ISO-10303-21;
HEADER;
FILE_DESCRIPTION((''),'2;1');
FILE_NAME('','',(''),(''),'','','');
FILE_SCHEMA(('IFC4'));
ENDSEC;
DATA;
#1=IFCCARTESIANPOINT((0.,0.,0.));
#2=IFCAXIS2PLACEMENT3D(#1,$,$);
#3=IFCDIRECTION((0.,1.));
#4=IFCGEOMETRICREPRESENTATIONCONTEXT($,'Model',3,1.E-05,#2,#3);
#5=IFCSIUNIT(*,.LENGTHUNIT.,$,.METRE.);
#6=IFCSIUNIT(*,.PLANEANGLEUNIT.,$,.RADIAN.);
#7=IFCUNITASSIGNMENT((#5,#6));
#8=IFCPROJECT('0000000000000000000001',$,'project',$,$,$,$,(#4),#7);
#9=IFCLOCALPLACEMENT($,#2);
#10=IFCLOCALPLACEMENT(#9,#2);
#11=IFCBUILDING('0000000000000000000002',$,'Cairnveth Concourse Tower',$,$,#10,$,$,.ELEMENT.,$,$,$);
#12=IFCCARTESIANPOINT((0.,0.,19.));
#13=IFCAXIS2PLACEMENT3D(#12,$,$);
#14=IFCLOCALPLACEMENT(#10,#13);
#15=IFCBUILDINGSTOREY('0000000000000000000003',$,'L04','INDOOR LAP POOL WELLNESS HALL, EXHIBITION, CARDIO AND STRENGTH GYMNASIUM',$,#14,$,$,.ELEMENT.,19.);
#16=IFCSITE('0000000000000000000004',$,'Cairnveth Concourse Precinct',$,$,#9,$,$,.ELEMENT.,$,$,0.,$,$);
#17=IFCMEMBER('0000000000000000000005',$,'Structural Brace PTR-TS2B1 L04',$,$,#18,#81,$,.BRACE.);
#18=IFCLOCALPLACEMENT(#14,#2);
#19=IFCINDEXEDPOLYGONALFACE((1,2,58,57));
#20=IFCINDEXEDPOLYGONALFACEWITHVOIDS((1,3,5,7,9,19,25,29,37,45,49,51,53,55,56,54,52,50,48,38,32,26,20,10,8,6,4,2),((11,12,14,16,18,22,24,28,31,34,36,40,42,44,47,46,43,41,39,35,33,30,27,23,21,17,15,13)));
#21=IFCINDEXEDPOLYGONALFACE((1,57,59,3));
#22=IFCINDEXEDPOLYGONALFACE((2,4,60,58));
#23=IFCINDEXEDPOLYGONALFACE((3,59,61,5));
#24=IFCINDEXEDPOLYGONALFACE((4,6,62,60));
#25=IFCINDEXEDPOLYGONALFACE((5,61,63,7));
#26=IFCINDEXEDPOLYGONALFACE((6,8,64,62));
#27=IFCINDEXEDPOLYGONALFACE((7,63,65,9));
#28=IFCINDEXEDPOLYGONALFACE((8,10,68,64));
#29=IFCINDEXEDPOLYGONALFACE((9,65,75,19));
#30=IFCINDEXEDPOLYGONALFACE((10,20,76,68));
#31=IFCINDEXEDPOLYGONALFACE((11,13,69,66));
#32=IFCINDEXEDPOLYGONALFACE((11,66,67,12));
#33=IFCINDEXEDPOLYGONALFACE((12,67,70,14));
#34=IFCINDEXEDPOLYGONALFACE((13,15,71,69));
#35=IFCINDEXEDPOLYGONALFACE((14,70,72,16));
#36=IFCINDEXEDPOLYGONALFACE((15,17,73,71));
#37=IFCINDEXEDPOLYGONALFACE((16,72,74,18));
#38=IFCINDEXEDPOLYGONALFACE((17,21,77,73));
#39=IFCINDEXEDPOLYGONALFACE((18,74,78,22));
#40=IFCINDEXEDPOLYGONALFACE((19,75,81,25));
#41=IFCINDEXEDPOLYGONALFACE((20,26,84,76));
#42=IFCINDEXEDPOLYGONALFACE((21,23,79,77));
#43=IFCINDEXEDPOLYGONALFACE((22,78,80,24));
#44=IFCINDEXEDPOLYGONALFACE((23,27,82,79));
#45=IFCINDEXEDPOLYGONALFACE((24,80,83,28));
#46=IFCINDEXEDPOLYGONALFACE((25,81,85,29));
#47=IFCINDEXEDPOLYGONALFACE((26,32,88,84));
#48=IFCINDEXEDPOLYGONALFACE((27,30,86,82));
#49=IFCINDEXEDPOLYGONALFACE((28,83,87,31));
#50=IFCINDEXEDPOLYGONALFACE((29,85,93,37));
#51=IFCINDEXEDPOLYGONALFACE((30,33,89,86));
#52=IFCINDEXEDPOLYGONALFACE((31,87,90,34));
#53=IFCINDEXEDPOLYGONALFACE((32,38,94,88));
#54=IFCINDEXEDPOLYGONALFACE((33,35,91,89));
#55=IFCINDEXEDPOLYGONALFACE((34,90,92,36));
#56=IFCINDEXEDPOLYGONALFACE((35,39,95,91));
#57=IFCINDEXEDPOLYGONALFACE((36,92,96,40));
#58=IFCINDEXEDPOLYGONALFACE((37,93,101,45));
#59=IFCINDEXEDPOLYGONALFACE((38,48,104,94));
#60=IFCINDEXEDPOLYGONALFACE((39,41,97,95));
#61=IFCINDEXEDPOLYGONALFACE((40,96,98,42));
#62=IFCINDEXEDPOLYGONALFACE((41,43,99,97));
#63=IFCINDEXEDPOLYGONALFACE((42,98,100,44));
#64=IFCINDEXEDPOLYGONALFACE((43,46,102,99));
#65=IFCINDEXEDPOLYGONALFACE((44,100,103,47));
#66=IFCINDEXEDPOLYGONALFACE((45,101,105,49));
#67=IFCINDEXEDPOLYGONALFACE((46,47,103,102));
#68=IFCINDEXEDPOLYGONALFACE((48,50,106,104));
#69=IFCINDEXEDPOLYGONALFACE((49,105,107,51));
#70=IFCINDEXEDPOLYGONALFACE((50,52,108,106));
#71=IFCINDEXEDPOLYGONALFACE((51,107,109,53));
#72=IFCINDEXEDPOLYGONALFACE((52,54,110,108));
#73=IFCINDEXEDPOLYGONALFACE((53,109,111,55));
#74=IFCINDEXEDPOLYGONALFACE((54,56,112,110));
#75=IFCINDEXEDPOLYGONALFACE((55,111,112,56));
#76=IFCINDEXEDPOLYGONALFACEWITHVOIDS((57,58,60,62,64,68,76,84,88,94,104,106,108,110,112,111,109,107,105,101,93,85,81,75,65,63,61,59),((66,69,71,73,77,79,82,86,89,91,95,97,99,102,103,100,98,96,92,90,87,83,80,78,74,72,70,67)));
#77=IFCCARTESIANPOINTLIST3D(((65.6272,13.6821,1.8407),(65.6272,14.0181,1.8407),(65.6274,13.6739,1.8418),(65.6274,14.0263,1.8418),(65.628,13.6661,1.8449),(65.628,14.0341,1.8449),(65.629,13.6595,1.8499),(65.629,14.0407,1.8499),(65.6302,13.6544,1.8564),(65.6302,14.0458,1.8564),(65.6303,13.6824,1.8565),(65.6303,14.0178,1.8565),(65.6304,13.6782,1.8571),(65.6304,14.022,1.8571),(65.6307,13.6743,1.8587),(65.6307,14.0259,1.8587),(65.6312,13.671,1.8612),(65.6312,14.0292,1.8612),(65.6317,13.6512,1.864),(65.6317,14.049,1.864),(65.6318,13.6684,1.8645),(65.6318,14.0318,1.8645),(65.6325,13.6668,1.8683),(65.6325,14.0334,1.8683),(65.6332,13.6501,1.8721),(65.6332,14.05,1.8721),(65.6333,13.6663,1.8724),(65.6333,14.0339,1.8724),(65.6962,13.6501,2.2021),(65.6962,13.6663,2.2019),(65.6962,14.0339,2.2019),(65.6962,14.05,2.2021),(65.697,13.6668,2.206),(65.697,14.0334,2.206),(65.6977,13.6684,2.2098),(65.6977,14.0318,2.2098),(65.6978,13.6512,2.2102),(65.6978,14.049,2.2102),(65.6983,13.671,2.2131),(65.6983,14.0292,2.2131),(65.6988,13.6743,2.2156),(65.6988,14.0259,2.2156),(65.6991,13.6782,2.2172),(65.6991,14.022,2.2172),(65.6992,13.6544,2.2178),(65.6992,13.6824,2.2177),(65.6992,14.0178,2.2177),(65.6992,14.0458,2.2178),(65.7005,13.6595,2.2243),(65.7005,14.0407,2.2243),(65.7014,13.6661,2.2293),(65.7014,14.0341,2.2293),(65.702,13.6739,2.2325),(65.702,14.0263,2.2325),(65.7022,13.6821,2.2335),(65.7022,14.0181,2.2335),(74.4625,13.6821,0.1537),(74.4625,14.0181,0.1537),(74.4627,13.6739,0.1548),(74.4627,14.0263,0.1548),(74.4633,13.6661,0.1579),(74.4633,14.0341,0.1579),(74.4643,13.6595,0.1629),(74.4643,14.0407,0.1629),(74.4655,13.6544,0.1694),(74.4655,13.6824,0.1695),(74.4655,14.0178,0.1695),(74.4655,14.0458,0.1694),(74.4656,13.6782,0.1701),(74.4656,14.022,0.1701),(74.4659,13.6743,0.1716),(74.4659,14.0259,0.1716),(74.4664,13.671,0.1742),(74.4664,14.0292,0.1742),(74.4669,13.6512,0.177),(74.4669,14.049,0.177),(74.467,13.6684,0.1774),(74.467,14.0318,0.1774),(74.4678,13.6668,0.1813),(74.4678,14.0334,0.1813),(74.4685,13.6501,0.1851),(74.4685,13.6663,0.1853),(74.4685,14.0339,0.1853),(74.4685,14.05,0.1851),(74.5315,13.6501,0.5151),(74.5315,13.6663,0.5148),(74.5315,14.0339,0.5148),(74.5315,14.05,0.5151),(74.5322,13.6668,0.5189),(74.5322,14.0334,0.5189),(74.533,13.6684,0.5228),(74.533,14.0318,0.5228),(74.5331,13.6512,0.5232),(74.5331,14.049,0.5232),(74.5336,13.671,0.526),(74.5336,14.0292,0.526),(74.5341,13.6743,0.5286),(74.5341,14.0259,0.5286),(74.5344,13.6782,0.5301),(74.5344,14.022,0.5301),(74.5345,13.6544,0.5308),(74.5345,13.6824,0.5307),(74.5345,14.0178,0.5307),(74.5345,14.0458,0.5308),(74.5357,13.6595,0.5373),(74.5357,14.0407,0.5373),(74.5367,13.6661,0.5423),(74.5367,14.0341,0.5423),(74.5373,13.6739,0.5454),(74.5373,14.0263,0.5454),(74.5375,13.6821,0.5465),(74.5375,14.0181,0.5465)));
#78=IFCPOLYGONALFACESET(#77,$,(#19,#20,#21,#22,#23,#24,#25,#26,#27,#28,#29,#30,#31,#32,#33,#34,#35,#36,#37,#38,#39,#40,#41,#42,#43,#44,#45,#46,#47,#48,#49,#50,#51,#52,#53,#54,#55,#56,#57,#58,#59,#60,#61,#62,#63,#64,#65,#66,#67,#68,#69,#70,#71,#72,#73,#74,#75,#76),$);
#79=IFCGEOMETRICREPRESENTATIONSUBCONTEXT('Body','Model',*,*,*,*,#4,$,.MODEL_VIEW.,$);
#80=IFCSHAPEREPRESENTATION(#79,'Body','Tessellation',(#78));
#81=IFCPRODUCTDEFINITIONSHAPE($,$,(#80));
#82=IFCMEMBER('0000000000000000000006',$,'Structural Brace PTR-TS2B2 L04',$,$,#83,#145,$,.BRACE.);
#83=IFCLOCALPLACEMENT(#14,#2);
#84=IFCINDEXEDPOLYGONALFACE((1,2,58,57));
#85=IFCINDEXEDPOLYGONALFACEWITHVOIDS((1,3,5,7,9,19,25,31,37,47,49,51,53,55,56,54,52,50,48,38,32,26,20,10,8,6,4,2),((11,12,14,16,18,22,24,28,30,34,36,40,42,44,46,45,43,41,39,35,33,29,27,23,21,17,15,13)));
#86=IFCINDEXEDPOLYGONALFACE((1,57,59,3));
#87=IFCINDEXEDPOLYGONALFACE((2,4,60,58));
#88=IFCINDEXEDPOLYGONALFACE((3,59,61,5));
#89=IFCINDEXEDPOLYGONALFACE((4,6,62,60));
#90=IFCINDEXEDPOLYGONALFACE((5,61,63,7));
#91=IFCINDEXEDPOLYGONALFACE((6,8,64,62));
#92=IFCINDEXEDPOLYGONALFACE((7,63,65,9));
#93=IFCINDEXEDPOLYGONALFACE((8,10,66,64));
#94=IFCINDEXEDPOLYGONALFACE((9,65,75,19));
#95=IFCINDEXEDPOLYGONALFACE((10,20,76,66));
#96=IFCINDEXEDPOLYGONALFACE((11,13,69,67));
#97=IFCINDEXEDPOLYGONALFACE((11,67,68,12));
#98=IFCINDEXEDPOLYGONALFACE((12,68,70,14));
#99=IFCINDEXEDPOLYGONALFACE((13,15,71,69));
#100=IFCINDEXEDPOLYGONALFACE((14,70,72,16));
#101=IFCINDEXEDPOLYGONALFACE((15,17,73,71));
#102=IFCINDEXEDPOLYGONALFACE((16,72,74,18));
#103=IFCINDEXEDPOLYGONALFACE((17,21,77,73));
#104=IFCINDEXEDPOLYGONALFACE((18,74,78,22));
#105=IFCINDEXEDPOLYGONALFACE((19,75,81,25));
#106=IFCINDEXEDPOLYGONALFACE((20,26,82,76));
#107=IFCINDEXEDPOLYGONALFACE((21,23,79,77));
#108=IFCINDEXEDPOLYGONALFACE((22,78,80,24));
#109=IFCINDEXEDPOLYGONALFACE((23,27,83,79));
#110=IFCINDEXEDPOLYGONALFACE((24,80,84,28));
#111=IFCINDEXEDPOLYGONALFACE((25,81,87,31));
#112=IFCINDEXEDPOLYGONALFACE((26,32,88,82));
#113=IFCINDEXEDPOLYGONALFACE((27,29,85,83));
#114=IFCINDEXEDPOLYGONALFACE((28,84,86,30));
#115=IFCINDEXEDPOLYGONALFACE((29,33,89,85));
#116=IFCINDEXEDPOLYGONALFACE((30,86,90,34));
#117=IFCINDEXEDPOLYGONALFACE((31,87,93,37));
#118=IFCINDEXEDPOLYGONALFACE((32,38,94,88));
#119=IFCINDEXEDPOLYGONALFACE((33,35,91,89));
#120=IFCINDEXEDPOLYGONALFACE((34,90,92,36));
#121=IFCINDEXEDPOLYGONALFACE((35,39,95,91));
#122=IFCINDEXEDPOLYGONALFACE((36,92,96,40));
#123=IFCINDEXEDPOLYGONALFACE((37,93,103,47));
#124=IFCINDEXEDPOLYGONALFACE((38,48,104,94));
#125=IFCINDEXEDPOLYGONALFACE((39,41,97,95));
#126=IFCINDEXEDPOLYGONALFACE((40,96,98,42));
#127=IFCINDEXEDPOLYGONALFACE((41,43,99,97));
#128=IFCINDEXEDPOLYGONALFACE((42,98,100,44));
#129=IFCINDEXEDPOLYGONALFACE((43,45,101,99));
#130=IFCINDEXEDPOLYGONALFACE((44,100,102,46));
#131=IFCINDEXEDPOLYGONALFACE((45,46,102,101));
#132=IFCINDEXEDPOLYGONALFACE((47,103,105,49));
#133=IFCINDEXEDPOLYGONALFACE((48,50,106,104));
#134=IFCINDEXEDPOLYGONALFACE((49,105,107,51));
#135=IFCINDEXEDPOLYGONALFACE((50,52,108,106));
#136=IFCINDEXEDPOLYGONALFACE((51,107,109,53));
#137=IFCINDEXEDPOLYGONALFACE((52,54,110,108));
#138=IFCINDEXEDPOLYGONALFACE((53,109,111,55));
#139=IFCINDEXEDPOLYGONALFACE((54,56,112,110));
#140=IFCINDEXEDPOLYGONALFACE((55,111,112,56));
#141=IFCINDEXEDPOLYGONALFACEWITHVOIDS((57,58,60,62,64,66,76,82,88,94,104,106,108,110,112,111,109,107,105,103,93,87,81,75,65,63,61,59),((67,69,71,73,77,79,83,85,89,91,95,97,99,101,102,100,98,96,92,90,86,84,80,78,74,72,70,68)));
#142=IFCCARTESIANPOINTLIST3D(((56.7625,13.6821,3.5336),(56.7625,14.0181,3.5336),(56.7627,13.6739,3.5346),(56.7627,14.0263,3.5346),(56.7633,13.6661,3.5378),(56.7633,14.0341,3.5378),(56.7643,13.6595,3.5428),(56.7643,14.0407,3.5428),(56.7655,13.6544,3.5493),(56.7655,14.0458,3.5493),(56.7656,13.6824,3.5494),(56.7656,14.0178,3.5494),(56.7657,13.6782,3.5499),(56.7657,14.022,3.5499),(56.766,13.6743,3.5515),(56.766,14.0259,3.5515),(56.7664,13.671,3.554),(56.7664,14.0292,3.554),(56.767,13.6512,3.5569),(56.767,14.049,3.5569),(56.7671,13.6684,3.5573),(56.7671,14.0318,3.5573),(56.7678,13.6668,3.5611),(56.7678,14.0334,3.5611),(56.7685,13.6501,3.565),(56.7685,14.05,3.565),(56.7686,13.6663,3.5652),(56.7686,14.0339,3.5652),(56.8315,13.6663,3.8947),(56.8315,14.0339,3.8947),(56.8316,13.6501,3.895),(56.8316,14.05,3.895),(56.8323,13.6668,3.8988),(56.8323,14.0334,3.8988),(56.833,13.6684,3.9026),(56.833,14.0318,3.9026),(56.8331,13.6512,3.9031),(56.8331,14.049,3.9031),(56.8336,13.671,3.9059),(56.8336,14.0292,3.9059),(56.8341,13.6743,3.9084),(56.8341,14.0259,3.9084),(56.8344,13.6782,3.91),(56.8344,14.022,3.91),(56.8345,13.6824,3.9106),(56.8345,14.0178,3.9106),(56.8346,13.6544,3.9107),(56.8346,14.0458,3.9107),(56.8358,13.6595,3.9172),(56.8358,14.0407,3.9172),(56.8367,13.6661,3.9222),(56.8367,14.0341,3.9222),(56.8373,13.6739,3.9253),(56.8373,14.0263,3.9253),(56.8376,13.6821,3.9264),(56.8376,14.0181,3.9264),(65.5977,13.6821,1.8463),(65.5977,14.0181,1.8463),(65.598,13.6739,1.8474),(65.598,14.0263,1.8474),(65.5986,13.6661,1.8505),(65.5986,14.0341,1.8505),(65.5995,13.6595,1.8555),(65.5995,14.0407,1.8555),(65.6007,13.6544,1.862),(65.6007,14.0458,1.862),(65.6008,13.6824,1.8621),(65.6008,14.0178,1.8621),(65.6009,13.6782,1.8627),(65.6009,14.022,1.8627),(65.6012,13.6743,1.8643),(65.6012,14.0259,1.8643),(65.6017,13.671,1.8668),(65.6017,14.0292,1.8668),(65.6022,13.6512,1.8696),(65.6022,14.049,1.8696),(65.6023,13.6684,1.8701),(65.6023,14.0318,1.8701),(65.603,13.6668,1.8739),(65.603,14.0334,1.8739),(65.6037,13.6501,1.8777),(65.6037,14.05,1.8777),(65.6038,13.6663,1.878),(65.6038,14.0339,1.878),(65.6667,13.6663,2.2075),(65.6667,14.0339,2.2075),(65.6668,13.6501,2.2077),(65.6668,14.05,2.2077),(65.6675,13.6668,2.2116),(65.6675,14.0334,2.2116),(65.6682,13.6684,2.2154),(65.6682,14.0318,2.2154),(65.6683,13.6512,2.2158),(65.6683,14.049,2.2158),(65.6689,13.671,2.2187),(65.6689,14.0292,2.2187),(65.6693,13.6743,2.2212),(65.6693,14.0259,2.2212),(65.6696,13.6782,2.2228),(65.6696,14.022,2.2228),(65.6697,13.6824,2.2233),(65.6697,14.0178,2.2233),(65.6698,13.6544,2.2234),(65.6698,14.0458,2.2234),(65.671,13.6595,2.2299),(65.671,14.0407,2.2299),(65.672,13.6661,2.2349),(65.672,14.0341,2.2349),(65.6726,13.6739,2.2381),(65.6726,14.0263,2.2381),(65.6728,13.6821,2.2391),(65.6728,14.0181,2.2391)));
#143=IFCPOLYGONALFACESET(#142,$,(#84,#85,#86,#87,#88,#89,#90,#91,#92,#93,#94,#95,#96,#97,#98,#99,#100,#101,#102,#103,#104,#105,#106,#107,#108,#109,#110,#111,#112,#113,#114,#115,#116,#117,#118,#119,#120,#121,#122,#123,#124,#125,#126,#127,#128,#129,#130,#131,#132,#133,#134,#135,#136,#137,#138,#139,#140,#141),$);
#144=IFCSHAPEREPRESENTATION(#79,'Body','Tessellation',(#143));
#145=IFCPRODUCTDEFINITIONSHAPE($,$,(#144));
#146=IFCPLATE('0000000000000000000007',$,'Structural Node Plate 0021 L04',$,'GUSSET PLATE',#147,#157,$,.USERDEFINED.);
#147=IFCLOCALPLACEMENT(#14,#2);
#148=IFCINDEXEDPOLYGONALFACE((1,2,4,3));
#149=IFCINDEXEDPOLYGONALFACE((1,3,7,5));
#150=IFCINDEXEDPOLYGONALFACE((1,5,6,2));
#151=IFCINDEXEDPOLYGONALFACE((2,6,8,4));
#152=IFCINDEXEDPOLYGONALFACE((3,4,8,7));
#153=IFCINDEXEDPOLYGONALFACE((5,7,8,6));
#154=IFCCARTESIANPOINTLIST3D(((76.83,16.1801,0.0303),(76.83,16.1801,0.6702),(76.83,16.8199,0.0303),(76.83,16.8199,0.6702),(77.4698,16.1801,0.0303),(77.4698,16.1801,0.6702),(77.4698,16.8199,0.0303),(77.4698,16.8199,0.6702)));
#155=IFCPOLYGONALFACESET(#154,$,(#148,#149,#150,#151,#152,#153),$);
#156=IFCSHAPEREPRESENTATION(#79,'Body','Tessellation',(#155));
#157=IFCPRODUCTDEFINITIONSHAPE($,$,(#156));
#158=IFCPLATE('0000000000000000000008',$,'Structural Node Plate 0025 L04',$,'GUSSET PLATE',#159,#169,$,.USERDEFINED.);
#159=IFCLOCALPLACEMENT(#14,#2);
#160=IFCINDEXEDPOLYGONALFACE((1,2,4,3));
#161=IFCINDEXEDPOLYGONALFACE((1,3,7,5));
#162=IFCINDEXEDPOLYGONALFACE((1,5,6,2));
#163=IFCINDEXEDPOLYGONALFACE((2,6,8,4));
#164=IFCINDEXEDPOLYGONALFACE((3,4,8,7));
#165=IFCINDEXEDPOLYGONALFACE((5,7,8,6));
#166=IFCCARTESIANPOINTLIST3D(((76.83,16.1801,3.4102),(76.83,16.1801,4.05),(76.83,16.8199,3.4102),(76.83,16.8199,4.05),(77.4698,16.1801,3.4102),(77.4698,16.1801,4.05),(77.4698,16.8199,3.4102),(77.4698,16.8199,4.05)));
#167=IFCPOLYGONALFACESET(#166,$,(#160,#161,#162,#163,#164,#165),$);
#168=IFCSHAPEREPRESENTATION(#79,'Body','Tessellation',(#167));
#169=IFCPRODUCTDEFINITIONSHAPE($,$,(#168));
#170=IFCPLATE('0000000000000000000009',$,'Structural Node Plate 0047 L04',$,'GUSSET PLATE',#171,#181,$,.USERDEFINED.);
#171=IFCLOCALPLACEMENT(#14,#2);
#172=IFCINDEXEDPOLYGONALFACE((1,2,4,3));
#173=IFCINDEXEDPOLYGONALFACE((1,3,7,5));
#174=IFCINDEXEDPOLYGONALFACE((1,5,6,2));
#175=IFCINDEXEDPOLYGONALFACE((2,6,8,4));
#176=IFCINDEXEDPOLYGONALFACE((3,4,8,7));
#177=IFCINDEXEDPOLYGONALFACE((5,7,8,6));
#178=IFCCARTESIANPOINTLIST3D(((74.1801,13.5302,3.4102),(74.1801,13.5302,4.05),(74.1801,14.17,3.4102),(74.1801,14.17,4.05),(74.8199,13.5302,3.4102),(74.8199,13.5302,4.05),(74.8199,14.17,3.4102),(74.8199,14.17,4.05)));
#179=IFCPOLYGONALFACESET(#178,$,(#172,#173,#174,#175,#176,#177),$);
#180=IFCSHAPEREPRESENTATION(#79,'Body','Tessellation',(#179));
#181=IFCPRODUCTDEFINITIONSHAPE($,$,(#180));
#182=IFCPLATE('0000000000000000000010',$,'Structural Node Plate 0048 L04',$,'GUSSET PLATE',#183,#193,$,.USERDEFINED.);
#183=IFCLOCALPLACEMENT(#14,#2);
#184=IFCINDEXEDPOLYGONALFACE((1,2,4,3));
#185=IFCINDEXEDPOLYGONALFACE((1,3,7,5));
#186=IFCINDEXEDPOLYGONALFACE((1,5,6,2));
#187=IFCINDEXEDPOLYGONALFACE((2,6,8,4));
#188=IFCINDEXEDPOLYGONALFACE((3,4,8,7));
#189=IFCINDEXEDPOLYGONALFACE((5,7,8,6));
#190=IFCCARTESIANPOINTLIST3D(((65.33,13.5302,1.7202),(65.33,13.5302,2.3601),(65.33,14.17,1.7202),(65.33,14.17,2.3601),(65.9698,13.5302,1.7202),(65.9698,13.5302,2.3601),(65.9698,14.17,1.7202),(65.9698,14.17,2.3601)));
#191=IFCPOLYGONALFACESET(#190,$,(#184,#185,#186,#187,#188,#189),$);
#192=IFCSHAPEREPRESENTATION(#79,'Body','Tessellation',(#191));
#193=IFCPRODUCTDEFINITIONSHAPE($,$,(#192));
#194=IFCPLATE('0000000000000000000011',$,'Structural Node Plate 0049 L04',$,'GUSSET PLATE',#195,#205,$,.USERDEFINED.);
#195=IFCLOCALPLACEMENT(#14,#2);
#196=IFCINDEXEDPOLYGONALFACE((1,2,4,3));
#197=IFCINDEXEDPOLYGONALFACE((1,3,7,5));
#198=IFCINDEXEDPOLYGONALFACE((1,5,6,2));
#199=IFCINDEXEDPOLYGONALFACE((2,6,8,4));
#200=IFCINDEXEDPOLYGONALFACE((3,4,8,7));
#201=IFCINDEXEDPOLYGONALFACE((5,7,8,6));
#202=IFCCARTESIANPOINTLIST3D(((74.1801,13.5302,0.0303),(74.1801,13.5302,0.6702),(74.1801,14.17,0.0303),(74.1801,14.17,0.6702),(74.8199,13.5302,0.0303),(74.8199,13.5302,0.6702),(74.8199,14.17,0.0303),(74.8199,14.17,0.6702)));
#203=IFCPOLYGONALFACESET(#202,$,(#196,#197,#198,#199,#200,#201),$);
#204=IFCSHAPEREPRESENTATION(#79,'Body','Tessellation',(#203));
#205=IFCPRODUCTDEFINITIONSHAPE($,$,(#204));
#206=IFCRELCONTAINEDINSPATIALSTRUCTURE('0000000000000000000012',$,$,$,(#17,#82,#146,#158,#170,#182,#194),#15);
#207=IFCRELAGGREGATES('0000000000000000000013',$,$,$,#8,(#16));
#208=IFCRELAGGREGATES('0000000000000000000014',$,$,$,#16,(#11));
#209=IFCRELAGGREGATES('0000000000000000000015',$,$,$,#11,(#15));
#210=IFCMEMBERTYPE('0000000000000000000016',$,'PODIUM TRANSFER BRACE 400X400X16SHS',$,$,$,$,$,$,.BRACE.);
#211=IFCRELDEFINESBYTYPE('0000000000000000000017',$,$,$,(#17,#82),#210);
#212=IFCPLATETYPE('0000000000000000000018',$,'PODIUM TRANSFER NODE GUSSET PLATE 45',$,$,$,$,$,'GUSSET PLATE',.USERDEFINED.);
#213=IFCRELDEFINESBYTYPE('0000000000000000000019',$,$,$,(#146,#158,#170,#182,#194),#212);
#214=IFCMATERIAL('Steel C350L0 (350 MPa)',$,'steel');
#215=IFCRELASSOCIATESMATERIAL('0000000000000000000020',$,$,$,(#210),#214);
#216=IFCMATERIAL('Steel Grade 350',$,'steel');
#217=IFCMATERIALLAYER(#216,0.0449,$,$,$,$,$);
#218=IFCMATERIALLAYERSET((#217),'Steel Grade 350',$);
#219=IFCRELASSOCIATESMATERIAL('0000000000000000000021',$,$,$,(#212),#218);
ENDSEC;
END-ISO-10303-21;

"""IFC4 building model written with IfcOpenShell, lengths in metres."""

from ifc_helpers import new_model, si_unit, direction, frame, origin, origin_2d, place, context, subcontext, project, spatial, rectangle, hollow_rectangle, extrude, material, layer, layer_set, material_profile, profile_set, type_object, element, save


model = new_model("IFC4")

# Units and contexts
model_context = context("Model", 3, precision=1e-05, world=origin(), true_north=direction((0.0, 1.0)))
body_context = subcontext(model_context, "Body", "Model", "MODEL_VIEW")
ifc_project = project(units=[si_unit("LENGTHUNIT", "METRE"), si_unit("PLANEANGLEUNIT", "RADIAN")], contexts=[model_context])

# Site, building, storey
site_placement = place(None, origin())
site = spatial("IfcSite", under=ifc_project, at=site_placement, Name="Cairnveth Concourse Precinct", CompositionType="ELEMENT", RefElevation=0.0)
building_placement = place(site_placement, origin())
building = spatial("IfcBuilding", under=site, at=building_placement, Name="Cairnveth Concourse Tower", CompositionType="ELEMENT")
storey_placement = place(building_placement, frame((0.0, 0.0, 19.0)))
storey = spatial("IfcBuildingStorey", under=building, at=storey_placement, Name="L04", Description="INDOOR LAP POOL WELLNESS HALL, EXHIBITION, CARDIO AND STRENGTH GYMNASIUM", CompositionType="ELEMENT", Elevation=19.0)

# Members
ifc_material_1 = material(Name="Steel C350L0 (350 MPa)", Category="steel")
ifc_material_profile_1 = material_profile(ifc_material_1, hollow_rectangle(XDim=0.3999, YDim=0.3999, WallThickness=0.0161, InnerFilletRadius=0.0161, OuterFilletRadius=0.032, at=origin_2d()), Name="400x400x16.0SHS")
ifc_profile_set_1 = profile_set([ifc_material_profile_1], Name="Steel C350L0 (350 MPa)")
member_type = type_object("IfcMemberType", Name="PODIUM TRANSFER BRACE 400X400X16SHS", PredefinedType="BRACE", material=ifc_profile_set_1)
for number, where, z_axis, x_axis, name in (
    (1, (74.5, 13.8501, 0.3501), (-0.982254, 0.0, 0.187554), (0.0, -1.0, 0.0), "Structural Brace PTR-TS2B1 L04"),
    (2, (65.6353, 13.8501, 2.0427), (-0.982249, 0.0, 0.18758), (0.0, -1.0, 0.0), "Structural Brace PTR-TS2B2 L04"),
):
    element("IfcMember", number, at=place(storey_placement, frame(where, z_axis=z_axis, x_axis=x_axis)), inside=storey, type_object=member_type, Name=name, PredefinedType="BRACE", context=body_context, shape_type="SweptSolid", body=[
        extrude(hollow_rectangle(XDim=0.3999, YDim=0.3999, WallThickness=0.0161, InnerFilletRadius=0.0161, OuterFilletRadius=0.032, at=origin_2d()), origin(), (0.0, 0.0, 1.0), 8.9949),
    ])

# Plates
ifc_material_2 = material(Name="Steel Grade 350", Category="steel")
ifc_layer_1 = layer(ifc_material_2, 0.0449)
ifc_layer_set_1 = layer_set([ifc_layer_1], Name="Steel Grade 350")
plate_type = type_object("IfcPlateType", Name="PODIUM TRANSFER NODE GUSSET PLATE 45", ElementType="GUSSET PLATE", PredefinedType="USERDEFINED", material=ifc_layer_set_1)
for number, where, z_axis, x_axis, name in (
    (3, (77.1499, 16.5, 0.0303), (0.0, 0.0, 1.0), (1.0, 0.0, 0.0), "Structural Node Plate 0021 L04"),
    (4, (77.1499, 16.5, 3.4102), (0.0, 0.0, 1.0), (1.0, 0.0, 0.0), "Structural Node Plate 0025 L04"),
    (5, (74.5, 13.8501, 3.4102), (0.0, 0.0, 1.0), (1.0, 0.0, 0.0), "Structural Node Plate 0047 L04"),
    (6, (65.6499, 13.8501, 1.7202), (0.0, 0.0, 1.0), (1.0, 0.0, 0.0), "Structural Node Plate 0048 L04"),
    (7, (74.5, 13.8501, 0.0303), (0.0, 0.0, 1.0), (1.0, 0.0, 0.0), "Structural Node Plate 0049 L04"),
):
    element("IfcPlate", number, at=place(storey_placement, frame(where, z_axis=z_axis, x_axis=x_axis)), inside=storey, type_object=plate_type, Name=name, ObjectType="GUSSET PLATE", PredefinedType="USERDEFINED", context=body_context, shape_type="SweptSolid", body=[
        extrude(rectangle(XDim=0.6399, YDim=0.6399, at=origin_2d()), origin(), (0.0, 0.0, 1.0), 0.6399),
    ])

save(model, "model.ifc")
